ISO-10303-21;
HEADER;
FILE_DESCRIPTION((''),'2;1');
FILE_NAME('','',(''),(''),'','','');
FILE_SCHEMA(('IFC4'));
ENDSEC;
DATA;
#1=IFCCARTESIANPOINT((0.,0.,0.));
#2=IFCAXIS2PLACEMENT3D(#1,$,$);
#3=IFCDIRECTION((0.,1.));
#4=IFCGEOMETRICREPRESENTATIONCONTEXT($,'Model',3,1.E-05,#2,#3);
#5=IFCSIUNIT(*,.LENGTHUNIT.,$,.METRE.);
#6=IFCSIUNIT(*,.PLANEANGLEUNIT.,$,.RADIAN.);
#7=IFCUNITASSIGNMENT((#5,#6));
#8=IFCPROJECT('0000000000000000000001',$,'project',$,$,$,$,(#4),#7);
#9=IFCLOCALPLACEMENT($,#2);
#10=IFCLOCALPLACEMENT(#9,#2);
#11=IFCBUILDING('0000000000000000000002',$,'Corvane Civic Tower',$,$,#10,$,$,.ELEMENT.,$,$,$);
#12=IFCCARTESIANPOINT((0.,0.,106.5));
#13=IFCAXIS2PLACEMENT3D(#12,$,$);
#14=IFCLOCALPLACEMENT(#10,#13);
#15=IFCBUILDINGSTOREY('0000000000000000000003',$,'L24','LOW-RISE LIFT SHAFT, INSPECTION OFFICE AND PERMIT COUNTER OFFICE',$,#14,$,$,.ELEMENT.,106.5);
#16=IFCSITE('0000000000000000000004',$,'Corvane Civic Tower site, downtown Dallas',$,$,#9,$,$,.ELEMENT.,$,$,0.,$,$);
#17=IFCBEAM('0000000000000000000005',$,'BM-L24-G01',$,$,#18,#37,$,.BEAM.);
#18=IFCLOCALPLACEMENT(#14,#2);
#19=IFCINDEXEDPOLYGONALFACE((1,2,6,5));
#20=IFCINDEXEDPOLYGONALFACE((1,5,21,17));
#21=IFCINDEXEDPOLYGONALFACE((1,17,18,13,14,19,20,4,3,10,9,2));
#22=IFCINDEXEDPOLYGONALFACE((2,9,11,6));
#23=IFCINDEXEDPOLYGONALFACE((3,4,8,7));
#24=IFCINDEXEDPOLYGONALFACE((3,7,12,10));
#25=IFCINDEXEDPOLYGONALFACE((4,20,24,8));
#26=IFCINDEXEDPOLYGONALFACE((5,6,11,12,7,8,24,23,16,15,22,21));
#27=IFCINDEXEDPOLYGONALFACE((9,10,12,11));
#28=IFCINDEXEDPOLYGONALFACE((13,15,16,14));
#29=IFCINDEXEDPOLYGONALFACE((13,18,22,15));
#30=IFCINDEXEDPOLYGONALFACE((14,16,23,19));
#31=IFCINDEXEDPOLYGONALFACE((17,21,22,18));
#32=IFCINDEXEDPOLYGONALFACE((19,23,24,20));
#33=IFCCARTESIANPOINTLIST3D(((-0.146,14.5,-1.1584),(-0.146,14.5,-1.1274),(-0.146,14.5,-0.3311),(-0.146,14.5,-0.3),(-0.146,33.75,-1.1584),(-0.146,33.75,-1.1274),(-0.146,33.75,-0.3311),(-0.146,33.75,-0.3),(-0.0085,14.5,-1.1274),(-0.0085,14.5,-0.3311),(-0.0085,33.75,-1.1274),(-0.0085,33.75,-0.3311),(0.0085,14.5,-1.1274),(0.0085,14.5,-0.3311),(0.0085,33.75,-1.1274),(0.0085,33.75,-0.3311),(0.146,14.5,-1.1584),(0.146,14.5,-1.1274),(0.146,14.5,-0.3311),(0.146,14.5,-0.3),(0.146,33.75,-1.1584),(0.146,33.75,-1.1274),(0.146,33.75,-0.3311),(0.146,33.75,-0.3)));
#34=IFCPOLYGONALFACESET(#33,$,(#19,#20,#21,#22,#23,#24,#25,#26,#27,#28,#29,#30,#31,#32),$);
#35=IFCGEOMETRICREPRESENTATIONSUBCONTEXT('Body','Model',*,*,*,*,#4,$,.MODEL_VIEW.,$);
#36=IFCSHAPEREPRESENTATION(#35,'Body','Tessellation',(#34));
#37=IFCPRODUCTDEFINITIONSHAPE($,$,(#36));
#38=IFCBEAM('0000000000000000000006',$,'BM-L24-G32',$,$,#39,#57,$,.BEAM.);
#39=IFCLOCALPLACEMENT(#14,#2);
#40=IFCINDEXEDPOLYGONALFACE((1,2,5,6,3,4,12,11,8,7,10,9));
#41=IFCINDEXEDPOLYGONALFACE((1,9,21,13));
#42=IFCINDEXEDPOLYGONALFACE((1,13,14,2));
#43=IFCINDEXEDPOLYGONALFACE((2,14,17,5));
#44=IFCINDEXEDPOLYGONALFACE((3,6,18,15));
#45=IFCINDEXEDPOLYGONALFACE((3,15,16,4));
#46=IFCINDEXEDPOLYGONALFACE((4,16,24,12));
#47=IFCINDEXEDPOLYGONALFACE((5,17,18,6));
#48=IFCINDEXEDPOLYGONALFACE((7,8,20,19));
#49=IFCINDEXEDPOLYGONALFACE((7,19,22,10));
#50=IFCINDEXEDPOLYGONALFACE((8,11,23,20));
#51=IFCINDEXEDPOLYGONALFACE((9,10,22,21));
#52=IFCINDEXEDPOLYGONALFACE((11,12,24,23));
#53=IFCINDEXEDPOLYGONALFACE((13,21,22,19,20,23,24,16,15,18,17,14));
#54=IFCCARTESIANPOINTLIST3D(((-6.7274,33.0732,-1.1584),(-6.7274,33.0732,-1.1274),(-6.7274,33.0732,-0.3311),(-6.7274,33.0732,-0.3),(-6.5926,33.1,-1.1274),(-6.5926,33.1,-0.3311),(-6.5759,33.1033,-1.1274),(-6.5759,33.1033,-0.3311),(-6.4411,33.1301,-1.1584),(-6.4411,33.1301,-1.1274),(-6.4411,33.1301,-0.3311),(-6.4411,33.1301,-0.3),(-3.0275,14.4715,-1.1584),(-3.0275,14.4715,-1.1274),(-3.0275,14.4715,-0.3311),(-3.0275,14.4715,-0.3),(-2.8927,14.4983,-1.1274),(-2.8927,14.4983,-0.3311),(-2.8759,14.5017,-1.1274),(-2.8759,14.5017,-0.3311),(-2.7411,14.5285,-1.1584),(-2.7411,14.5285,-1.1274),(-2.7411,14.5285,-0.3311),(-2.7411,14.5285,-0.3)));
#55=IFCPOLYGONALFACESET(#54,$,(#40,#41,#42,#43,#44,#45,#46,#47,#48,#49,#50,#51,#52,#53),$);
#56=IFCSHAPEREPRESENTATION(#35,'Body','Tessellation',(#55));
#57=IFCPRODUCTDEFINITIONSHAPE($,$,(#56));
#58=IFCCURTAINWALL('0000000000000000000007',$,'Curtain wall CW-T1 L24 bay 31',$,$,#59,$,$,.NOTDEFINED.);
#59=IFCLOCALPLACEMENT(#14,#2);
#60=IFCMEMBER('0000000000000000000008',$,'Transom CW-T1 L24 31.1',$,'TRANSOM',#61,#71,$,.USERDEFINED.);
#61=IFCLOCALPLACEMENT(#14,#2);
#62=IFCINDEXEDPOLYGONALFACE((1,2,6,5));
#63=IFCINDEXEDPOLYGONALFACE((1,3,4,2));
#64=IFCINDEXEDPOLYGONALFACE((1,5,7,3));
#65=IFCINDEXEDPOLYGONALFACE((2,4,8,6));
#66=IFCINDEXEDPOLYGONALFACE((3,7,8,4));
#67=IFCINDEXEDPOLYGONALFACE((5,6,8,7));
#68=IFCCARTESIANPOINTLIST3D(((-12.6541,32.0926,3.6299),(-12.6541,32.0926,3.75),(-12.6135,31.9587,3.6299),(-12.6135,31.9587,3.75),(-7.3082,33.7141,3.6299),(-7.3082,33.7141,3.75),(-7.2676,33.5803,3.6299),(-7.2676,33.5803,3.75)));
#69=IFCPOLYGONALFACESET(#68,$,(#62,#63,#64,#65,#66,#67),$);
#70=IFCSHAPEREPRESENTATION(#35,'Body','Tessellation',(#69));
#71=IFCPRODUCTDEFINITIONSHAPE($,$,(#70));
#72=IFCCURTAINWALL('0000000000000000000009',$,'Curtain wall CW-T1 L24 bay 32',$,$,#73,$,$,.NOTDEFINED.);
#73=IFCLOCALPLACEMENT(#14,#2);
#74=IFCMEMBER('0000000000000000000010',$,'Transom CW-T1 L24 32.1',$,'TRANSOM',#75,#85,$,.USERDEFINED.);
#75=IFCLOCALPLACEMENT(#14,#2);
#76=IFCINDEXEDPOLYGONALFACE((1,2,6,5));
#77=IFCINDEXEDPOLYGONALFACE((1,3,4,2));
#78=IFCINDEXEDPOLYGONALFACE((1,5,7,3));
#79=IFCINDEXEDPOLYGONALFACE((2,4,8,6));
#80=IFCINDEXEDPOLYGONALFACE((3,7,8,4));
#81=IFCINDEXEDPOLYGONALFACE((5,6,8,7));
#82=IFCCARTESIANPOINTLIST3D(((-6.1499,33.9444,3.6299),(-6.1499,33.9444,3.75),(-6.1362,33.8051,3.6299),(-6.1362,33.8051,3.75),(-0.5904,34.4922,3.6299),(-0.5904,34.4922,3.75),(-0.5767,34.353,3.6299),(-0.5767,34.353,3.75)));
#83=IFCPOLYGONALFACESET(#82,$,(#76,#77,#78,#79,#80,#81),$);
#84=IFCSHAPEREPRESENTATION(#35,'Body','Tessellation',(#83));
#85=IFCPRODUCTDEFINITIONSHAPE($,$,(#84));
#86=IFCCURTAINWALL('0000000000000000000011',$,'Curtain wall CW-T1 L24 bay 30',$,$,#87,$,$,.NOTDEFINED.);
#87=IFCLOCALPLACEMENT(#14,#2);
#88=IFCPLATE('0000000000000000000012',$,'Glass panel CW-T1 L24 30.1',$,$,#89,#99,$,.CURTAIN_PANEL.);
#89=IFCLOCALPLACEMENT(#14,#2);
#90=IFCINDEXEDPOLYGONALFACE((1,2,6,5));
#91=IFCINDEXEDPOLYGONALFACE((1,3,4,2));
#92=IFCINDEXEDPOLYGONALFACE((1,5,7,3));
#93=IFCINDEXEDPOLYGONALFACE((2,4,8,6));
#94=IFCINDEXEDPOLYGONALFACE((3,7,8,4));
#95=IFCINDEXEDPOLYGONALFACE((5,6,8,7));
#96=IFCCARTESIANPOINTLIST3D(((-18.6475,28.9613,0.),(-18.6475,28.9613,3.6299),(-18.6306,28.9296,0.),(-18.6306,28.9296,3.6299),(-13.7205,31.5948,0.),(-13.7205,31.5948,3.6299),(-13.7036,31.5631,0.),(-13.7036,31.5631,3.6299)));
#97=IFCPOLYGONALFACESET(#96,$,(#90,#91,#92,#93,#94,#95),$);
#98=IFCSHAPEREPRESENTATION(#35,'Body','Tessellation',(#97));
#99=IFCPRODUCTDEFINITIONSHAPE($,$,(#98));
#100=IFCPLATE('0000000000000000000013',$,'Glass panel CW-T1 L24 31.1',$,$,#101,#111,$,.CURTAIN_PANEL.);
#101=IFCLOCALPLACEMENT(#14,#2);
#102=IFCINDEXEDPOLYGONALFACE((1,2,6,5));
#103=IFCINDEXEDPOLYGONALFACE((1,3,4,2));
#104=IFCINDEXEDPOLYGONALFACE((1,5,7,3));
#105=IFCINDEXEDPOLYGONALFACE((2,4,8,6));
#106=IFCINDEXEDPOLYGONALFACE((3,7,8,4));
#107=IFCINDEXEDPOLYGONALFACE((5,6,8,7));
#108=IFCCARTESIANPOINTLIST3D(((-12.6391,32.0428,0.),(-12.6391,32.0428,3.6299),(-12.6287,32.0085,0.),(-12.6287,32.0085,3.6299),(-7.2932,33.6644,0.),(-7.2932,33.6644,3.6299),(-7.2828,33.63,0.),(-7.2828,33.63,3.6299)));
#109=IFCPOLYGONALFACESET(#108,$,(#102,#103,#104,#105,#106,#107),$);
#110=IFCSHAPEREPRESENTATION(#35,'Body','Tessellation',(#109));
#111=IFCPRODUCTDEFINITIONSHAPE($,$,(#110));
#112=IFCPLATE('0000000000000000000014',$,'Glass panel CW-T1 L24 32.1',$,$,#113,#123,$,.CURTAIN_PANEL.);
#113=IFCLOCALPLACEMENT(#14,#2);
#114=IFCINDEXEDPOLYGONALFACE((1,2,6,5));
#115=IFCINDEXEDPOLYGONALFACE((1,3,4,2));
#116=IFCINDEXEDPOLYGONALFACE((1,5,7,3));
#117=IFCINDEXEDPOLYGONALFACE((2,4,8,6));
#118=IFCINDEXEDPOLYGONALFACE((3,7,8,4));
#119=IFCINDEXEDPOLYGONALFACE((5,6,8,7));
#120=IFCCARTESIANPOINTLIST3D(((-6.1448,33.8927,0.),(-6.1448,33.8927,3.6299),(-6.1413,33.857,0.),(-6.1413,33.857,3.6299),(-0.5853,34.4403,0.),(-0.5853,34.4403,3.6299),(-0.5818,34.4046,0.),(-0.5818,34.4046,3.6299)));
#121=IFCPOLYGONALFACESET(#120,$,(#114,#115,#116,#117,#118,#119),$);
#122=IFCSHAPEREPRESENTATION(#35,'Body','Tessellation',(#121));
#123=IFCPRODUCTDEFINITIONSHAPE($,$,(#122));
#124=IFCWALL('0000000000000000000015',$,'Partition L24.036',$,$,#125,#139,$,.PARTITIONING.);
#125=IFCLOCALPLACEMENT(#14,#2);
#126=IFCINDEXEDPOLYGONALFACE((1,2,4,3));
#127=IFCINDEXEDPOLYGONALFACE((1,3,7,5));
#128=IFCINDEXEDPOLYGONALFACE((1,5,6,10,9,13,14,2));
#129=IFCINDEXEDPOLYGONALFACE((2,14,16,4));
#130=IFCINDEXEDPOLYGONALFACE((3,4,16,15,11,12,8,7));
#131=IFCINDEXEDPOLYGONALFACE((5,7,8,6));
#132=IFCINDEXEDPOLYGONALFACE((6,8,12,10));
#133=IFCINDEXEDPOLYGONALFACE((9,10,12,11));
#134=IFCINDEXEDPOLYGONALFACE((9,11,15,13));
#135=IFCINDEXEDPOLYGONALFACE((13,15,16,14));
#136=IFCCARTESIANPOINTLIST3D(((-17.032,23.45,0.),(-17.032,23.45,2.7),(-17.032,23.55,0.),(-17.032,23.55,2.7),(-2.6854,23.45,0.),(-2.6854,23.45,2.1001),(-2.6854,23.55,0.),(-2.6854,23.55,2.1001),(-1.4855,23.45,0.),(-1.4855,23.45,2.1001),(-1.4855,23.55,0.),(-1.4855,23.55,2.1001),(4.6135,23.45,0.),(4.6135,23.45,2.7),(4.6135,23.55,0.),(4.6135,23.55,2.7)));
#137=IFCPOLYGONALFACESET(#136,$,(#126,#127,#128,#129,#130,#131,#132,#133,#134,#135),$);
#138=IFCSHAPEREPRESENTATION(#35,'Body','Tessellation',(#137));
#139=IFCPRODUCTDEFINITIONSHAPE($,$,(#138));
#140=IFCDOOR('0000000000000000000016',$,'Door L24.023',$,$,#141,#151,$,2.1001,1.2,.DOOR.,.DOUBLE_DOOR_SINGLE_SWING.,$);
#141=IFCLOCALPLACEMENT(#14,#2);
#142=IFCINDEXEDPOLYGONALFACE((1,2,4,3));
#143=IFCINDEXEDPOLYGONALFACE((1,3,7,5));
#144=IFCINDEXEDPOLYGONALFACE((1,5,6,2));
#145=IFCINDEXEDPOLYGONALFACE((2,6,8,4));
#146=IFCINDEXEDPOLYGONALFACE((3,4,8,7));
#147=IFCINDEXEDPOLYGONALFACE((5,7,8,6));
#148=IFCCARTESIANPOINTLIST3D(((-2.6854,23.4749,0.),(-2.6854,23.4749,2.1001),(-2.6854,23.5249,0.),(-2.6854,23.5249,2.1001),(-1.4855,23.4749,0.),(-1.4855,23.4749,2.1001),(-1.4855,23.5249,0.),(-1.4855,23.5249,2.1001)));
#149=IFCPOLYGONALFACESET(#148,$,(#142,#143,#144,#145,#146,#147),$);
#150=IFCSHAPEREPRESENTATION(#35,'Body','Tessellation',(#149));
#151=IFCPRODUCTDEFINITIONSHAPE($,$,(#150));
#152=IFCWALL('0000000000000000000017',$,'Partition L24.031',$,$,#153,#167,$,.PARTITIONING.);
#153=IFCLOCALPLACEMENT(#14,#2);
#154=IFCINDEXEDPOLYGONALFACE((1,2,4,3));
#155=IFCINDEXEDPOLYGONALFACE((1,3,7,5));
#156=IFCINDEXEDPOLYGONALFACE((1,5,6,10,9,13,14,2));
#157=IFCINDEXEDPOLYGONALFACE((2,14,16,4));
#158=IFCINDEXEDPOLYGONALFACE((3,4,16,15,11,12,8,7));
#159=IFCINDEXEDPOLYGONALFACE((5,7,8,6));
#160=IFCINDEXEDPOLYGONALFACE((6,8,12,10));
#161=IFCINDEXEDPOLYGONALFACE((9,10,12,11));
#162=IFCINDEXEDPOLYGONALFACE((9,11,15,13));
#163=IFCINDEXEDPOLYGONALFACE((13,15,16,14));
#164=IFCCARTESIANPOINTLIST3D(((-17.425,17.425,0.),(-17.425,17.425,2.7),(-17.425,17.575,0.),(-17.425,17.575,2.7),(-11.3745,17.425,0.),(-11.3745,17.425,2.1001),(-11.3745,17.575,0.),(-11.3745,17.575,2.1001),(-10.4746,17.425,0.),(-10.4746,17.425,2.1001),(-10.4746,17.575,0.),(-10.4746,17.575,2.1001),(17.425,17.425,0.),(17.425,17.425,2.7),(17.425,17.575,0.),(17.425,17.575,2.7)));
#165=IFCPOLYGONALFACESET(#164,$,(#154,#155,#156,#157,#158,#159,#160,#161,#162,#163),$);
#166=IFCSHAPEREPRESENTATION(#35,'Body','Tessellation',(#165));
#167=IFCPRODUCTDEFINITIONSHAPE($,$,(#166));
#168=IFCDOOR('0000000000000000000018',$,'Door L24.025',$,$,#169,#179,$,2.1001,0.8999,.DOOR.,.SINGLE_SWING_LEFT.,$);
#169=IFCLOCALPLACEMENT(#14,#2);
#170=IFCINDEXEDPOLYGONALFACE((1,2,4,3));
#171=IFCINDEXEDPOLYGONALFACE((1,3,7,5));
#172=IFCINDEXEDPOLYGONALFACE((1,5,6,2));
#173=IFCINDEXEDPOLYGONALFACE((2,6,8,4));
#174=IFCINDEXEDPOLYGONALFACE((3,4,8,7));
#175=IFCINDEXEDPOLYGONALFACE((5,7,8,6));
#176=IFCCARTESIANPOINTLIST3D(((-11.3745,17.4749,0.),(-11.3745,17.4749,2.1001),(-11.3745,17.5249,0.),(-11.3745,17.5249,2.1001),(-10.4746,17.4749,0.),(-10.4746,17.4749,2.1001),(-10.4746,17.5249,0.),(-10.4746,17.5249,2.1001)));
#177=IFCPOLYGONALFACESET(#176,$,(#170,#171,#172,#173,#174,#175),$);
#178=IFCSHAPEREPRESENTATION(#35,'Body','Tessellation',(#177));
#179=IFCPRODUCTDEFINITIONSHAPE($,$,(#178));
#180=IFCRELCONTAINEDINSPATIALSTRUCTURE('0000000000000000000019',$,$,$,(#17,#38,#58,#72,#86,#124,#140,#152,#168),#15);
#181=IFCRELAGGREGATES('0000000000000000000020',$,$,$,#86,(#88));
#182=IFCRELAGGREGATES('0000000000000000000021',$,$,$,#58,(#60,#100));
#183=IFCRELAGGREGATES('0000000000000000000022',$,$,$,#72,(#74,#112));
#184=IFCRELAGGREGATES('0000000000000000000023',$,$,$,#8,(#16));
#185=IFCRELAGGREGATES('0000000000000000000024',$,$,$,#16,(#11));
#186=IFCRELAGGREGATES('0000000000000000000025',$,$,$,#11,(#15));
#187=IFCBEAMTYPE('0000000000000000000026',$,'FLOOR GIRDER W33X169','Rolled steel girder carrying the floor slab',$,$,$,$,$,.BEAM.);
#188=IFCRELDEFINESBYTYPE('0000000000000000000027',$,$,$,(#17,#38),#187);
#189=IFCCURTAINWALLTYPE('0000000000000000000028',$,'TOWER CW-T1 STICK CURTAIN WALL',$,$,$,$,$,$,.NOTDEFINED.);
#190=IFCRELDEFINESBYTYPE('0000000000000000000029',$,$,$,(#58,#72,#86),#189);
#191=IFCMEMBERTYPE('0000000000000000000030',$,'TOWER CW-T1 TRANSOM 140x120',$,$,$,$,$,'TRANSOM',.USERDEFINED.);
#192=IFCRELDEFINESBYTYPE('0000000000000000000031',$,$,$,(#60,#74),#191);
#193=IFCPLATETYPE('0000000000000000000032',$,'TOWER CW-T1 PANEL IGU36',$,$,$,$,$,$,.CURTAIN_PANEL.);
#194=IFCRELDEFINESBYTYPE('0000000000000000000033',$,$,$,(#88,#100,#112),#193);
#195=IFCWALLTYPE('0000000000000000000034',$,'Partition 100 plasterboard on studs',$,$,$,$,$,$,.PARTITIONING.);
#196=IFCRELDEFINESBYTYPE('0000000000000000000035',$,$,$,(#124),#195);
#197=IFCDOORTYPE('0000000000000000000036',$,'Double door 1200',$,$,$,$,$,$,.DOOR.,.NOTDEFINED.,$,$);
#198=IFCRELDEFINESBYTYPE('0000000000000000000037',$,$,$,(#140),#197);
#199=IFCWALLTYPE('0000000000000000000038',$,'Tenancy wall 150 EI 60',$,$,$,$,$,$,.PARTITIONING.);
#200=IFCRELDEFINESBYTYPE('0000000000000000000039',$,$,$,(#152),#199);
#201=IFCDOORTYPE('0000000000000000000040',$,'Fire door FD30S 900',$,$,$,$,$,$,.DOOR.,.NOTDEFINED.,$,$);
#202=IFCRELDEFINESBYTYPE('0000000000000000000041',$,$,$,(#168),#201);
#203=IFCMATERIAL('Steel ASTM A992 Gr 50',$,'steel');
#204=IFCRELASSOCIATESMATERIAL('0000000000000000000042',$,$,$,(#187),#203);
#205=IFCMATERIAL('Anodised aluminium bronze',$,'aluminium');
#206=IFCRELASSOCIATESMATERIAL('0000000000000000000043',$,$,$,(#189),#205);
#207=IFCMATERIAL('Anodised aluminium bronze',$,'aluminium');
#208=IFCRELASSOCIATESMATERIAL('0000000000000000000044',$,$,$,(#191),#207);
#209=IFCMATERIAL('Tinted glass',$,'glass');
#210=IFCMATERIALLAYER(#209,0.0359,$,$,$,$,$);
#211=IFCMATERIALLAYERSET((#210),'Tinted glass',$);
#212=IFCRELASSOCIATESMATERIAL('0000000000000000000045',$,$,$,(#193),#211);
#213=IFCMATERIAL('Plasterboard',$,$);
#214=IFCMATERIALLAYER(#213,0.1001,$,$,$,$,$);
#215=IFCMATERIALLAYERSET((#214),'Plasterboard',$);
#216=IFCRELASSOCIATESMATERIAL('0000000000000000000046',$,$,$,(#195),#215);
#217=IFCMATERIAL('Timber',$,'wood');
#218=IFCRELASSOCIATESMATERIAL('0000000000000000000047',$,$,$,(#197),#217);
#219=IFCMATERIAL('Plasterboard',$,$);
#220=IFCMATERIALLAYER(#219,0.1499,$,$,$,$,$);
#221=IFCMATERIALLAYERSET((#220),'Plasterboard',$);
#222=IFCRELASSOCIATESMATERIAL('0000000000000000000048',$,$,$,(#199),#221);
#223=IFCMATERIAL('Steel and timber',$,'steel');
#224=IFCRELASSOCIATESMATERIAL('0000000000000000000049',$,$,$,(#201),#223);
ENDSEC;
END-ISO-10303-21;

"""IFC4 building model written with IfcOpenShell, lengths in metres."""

from ifc_helpers import new_model, si_unit, direction, frame, frame_2d, origin, origin_2d, place, context, subcontext, project, spatial, rectangle, i_section, extrude, material, layer, layer_set, material_profile, profile_set, type_object, element, fill, aggregate, save


model = new_model("IFC4")

# Units and contexts
model_context = context("Model", 3, precision=1e-05, world=origin(), true_north=direction((0.0, 1.0)))
body_context = subcontext(model_context, "Body", "Model", "MODEL_VIEW")
ifc_project = project(units=[si_unit("LENGTHUNIT", "METRE"), si_unit("PLANEANGLEUNIT", "RADIAN")], contexts=[model_context])

# Site, building, storey
site_placement = place(None, origin())
site = spatial("IfcSite", under=ifc_project, at=site_placement, Name="Corvane Civic Tower site, downtown Dallas", CompositionType="ELEMENT", RefElevation=0.0)
building_placement = place(site_placement, origin())
building = spatial("IfcBuilding", under=site, at=building_placement, Name="Corvane Civic Tower", CompositionType="ELEMENT")
storey_placement = place(building_placement, frame((0.0, 0.0, 106.5)))
storey = spatial("IfcBuildingStorey", under=building, at=storey_placement, Name="L24", Description="LOW-RISE LIFT SHAFT, INSPECTION OFFICE AND PERMIT COUNTER OFFICE", CompositionType="ELEMENT", Elevation=106.5)

# Beams
ifc_material_1 = material(Name="Steel ASTM A992 Gr 50", Category="steel")
ifc_material_profile_1 = material_profile(ifc_material_1, i_section(OverallWidth=0.292, OverallDepth=0.8584, WebThickness=0.0171, FlangeThickness=0.031, at=origin_2d()), Name="W33X169")
ifc_profile_set_1 = profile_set([ifc_material_profile_1], Name="Steel ASTM A992 Gr 50")
beam_type_1 = type_object("IfcBeamType", Name="FLOOR GIRDER W33X169", Description="Rolled steel girder carrying the floor slab", PredefinedType="BEAM", material=ifc_profile_set_1)
beam_1_placement = place(storey_placement, frame((0.0, 14.5, -0.7292), z_axis=(0.0, 1.0, 0.0), x_axis=(-1.0, 0.0, 0.0)))
element("IfcBeam", 1, at=beam_1_placement, inside=storey, type_object=beam_type_1, Name="BM-L24-G01", PredefinedType="BEAM", context=body_context, shape_type="SweptSolid", body=[
    extrude(i_section(OverallWidth=0.292, OverallDepth=0.8584, WebThickness=0.0171, FlangeThickness=0.031, at=origin_2d()), origin(), (0.0, 0.0, 1.0), 19.25),
])
beam_2_placement = place(storey_placement, frame((-2.8843, 14.5, -0.7292), z_axis=(-0.195084, 0.980787, 0.0), x_axis=(-0.980787, -0.195084, 0.0)))
element("IfcBeam", 2, at=beam_2_placement, inside=storey, type_object=beam_type_1, Name="BM-L24-G32", PredefinedType="BEAM", context=body_context, shape_type="SweptSolid", body=[
    extrude(i_section(OverallWidth=0.292, OverallDepth=0.8584, WebThickness=0.0171, FlangeThickness=0.031, at=origin_2d()), origin(), (0.0, 0.0, 1.0), 18.9661),
])

# Curtain walls, members
ifc_material_2 = material(Name="Anodised aluminium bronze", Category="aluminium")
curtain_wall_type = type_object("IfcCurtainWallType", Name="TOWER CW-T1 STICK CURTAIN WALL", PredefinedType="NOTDEFINED", material=ifc_material_2)
curtain_wall_1_placement = place(storey_placement, origin())
curtain_wall_1 = element("IfcCurtainWall", 3, at=curtain_wall_1_placement, inside=storey, type_object=curtain_wall_type, Name="Curtain wall CW-T1 L24 bay 31", PredefinedType="NOTDEFINED")
ifc_material_3 = material(Name="Anodised aluminium bronze", Category="aluminium")
ifc_material_profile_2 = material_profile(ifc_material_3, rectangle(XDim=0.1399, YDim=0.1201, at=origin_2d()), Name="TOWER CW-T1 TRANSOM 140x120")
ifc_profile_set_2 = profile_set([ifc_material_profile_2], Name="Anodised aluminium bronze")
member_type = type_object("IfcMemberType", Name="TOWER CW-T1 TRANSOM 140x120", ElementType="TRANSOM", PredefinedType="USERDEFINED", material=ifc_profile_set_2)
member_1_placement = place(storey_placement, frame((-12.6338, 32.0256, 3.6899), z_axis=(0.956945, 0.290269, 0.0), x_axis=(-0.290269, 0.956945, 0.0)))
member_1 = element("IfcMember", 4, at=member_1_placement, type_object=member_type, Name="Transom CW-T1 L24 31.1", ObjectType="TRANSOM", PredefinedType="USERDEFINED", context=body_context, shape_type="SweptSolid", body=[
    extrude(rectangle(XDim=0.1399, YDim=0.1201, at=origin_2d()), origin(), (0.0, 0.0, 1.0), 5.5864),
])
curtain_wall_2_placement = place(storey_placement, origin())
curtain_wall_2 = element("IfcCurtainWall", 5, at=curtain_wall_2_placement, inside=storey, type_object=curtain_wall_type, Name="Curtain wall CW-T1 L24 bay 32", PredefinedType="NOTDEFINED")
member_2_placement = place(storey_placement, frame((-6.1431, 33.8748, 3.6899), z_axis=(0.99518, 0.098067, 0.0), x_axis=(-0.098067, 0.99518, 0.0)))
member_2 = element("IfcMember", 6, at=member_2_placement, type_object=member_type, Name="Transom CW-T1 L24 32.1", ObjectType="TRANSOM", PredefinedType="USERDEFINED", context=body_context, shape_type="SweptSolid", body=[
    extrude(rectangle(XDim=0.1399, YDim=0.1201, at=origin_2d()), origin(), (0.0, 0.0, 1.0), 5.5864),
])

# Curtain wall, plate
curtain_wall_3_placement = place(storey_placement, origin())
curtain_wall_3 = element("IfcCurtainWall", 7, at=curtain_wall_3_placement, inside=storey, type_object=curtain_wall_type, Name="Curtain wall CW-T1 L24 bay 30", PredefinedType="NOTDEFINED")
ifc_material_4 = material(Name="Tinted glass", Category="glass")
ifc_layer_1 = layer(ifc_material_4, 0.0359)
ifc_layer_set_1 = layer_set([ifc_layer_1], Name="Tinted glass")
plate_type = type_object("IfcPlateType", Name="TOWER CW-T1 PANEL IGU36", PredefinedType="CURTAIN_PANEL", material=ifc_layer_set_1)
plate_1_placement = place(storey_placement, frame((-16.1755, 30.2622, 0.0), z_axis=(0.0, 0.0, 1.0), x_axis=(0.881924, 0.471392, 0.0)))
plate_1 = element("IfcPlate", 8, at=plate_1_placement, type_object=plate_type, Name="Glass panel CW-T1 L24 30.1", PredefinedType="CURTAIN_PANEL", context=body_context, shape_type="SweptSolid", body=[
    extrude(rectangle(XDim=5.5867, YDim=0.0359, at=origin_2d()), origin(), (0.0, 0.0, 1.0), 3.6299),
])
aggregate(curtain_wall_3, [plate_1])

# Plates
plate_2_placement = place(storey_placement, frame((-9.9609, 32.8364, 0.0), z_axis=(0.0, 0.0, 1.0), x_axis=(0.956946, 0.290266, 0.0)))
plate_2 = element("IfcPlate", 9, at=plate_2_placement, type_object=plate_type, Name="Glass panel CW-T1 L24 31.1", PredefinedType="CURTAIN_PANEL", context=body_context, shape_type="SweptSolid", body=[
    extrude(rectangle(XDim=5.5864, YDim=0.0359, at=origin_2d()), origin(), (0.0, 0.0, 1.0), 3.6299),
])
aggregate(curtain_wall_1, [member_1, plate_2])
plate_3_placement = place(storey_placement, frame((-3.3633, 34.1487, 0.0), z_axis=(0.0, 0.0, 1.0), x_axis=(0.995184, 0.098027, 0.0)))
plate_3 = element("IfcPlate", 10, at=plate_3_placement, type_object=plate_type, Name="Glass panel CW-T1 L24 32.1", PredefinedType="CURTAIN_PANEL", context=body_context, shape_type="SweptSolid", body=[
    extrude(rectangle(XDim=5.5864, YDim=0.0359, at=origin_2d()), origin(), (0.0, 0.0, 1.0), 3.6299),
])
aggregate(curtain_wall_2, [member_2, plate_3])

# Walls, openings, doors
ifc_material_5 = material(Name="Plasterboard")
ifc_layer_2 = layer(ifc_material_5, 0.1001)
ifc_layer_set_2 = layer_set([ifc_layer_2], Name="Plasterboard")
wall_type_1 = type_object("IfcWallType", Name="Partition 100 plasterboard on studs", PredefinedType="PARTITIONING", material=ifc_layer_set_2)
wall_1_placement = place(storey_placement, frame((-17.032, 23.5, 0.0), z_axis=(0.0, 0.0, 1.0), x_axis=(1.0, 0.0, 0.0)))
wall_1 = element("IfcWall", 11, at=wall_1_placement, inside=storey, type_object=wall_type_1, Name="Partition L24.036", PredefinedType="PARTITIONING", context=body_context, shape_type="SweptSolid", body=[
    extrude(rectangle(XDim=21.6455, YDim=0.1001, at=frame_2d((10.8228, 0.0))), origin(), (0.0, 0.0, 1.0), 2.7),
])
opening_1_placement = place(wall_1_placement, frame((14.3464, 0.0, 0.0)))
opening_1 = element("IfcOpeningElement", 12, at=opening_1_placement, cuts=wall_1, PredefinedType="OPENING", context=body_context, shape_type="SweptSolid", body=[
    extrude(rectangle(XDim=1.2, YDim=2.1001, at=frame_2d((0.6001, 1.05))), frame((0.0, 0.0601, 0.0), z_axis=(0.0, -1.0, 0.0), x_axis=(1.0, 0.0, 0.0)), (0.0, 0.0, 1.0), 0.1201),
])
ifc_material_6 = material(Name="Timber", Category="wood")
door_type_1 = type_object("IfcDoorType", Name="Double door 1200", OperationType="NOTDEFINED", PredefinedType="DOOR", material=ifc_material_6)
door_1_placement = place(opening_1_placement, origin())
door_1 = element("IfcDoor", 13, at=door_1_placement, inside=storey, type_object=door_type_1, Name="Door L24.023", OperationType="DOUBLE_DOOR_SINGLE_SWING", OverallHeight=2.1001, OverallWidth=1.2, PredefinedType="DOOR", context=body_context, shape_type="SweptSolid", body=[
    extrude(rectangle(XDim=1.2, YDim=2.1001, at=frame_2d((0.6001, 1.05))), frame((0.0, 0.0249, 0.0), z_axis=(0.0, -1.0, 0.0), x_axis=(1.0, 0.0, 0.0)), (0.0, 0.0, 1.0), 0.05),
])
fill(opening_1, door_1)
ifc_material_7 = material(Name="Plasterboard")
ifc_layer_3 = layer(ifc_material_7, 0.1499)
ifc_layer_set_3 = layer_set([ifc_layer_3], Name="Plasterboard")
wall_type_2 = type_object("IfcWallType", Name="Tenancy wall 150 EI 60", PredefinedType="PARTITIONING", material=ifc_layer_set_3)
wall_2_placement = place(storey_placement, frame((-17.425, 17.5, 0.0), z_axis=(0.0, 0.0, 1.0), x_axis=(1.0, 0.0, 0.0)))
wall_2 = element("IfcWall", 14, at=wall_2_placement, inside=storey, type_object=wall_type_2, Name="Partition L24.031", PredefinedType="PARTITIONING", context=body_context, shape_type="SweptSolid", body=[
    extrude(rectangle(XDim=34.8501, YDim=0.1499, at=frame_2d((17.425, 0.0))), origin(), (0.0, 0.0, 1.0), 2.7),
])
opening_2_placement = place(wall_2_placement, frame((6.0505, 0.0, 0.0)))
opening_2 = element("IfcOpeningElement", 15, at=opening_2_placement, cuts=wall_2, PredefinedType="OPENING", context=body_context, shape_type="SweptSolid", body=[
    extrude(rectangle(XDim=0.8999, YDim=2.1001, at=frame_2d((0.45, 1.05))), frame((0.0, 0.085, 0.0), z_axis=(0.0, -1.0, 0.0), x_axis=(1.0, 0.0, 0.0)), (0.0, 0.0, 1.0), 0.1699),
])
ifc_material_8 = material(Name="Steel and timber", Category="steel")
door_type_2 = type_object("IfcDoorType", Name="Fire door FD30S 900", OperationType="NOTDEFINED", PredefinedType="DOOR", material=ifc_material_8)
door_2_placement = place(opening_2_placement, origin())
door_2 = element("IfcDoor", 16, at=door_2_placement, inside=storey, type_object=door_type_2, Name="Door L24.025", OperationType="SINGLE_SWING_LEFT", OverallHeight=2.1001, OverallWidth=0.8999, PredefinedType="DOOR", context=body_context, shape_type="SweptSolid", body=[
    extrude(rectangle(XDim=0.8999, YDim=2.1001, at=frame_2d((0.45, 1.05))), frame((0.0, 0.0249, 0.0), z_axis=(0.0, -1.0, 0.0), x_axis=(1.0, 0.0, 0.0)), (0.0, 0.0, 1.0), 0.05),
])
fill(opening_2, door_2)

save(model, "model.ifc")
